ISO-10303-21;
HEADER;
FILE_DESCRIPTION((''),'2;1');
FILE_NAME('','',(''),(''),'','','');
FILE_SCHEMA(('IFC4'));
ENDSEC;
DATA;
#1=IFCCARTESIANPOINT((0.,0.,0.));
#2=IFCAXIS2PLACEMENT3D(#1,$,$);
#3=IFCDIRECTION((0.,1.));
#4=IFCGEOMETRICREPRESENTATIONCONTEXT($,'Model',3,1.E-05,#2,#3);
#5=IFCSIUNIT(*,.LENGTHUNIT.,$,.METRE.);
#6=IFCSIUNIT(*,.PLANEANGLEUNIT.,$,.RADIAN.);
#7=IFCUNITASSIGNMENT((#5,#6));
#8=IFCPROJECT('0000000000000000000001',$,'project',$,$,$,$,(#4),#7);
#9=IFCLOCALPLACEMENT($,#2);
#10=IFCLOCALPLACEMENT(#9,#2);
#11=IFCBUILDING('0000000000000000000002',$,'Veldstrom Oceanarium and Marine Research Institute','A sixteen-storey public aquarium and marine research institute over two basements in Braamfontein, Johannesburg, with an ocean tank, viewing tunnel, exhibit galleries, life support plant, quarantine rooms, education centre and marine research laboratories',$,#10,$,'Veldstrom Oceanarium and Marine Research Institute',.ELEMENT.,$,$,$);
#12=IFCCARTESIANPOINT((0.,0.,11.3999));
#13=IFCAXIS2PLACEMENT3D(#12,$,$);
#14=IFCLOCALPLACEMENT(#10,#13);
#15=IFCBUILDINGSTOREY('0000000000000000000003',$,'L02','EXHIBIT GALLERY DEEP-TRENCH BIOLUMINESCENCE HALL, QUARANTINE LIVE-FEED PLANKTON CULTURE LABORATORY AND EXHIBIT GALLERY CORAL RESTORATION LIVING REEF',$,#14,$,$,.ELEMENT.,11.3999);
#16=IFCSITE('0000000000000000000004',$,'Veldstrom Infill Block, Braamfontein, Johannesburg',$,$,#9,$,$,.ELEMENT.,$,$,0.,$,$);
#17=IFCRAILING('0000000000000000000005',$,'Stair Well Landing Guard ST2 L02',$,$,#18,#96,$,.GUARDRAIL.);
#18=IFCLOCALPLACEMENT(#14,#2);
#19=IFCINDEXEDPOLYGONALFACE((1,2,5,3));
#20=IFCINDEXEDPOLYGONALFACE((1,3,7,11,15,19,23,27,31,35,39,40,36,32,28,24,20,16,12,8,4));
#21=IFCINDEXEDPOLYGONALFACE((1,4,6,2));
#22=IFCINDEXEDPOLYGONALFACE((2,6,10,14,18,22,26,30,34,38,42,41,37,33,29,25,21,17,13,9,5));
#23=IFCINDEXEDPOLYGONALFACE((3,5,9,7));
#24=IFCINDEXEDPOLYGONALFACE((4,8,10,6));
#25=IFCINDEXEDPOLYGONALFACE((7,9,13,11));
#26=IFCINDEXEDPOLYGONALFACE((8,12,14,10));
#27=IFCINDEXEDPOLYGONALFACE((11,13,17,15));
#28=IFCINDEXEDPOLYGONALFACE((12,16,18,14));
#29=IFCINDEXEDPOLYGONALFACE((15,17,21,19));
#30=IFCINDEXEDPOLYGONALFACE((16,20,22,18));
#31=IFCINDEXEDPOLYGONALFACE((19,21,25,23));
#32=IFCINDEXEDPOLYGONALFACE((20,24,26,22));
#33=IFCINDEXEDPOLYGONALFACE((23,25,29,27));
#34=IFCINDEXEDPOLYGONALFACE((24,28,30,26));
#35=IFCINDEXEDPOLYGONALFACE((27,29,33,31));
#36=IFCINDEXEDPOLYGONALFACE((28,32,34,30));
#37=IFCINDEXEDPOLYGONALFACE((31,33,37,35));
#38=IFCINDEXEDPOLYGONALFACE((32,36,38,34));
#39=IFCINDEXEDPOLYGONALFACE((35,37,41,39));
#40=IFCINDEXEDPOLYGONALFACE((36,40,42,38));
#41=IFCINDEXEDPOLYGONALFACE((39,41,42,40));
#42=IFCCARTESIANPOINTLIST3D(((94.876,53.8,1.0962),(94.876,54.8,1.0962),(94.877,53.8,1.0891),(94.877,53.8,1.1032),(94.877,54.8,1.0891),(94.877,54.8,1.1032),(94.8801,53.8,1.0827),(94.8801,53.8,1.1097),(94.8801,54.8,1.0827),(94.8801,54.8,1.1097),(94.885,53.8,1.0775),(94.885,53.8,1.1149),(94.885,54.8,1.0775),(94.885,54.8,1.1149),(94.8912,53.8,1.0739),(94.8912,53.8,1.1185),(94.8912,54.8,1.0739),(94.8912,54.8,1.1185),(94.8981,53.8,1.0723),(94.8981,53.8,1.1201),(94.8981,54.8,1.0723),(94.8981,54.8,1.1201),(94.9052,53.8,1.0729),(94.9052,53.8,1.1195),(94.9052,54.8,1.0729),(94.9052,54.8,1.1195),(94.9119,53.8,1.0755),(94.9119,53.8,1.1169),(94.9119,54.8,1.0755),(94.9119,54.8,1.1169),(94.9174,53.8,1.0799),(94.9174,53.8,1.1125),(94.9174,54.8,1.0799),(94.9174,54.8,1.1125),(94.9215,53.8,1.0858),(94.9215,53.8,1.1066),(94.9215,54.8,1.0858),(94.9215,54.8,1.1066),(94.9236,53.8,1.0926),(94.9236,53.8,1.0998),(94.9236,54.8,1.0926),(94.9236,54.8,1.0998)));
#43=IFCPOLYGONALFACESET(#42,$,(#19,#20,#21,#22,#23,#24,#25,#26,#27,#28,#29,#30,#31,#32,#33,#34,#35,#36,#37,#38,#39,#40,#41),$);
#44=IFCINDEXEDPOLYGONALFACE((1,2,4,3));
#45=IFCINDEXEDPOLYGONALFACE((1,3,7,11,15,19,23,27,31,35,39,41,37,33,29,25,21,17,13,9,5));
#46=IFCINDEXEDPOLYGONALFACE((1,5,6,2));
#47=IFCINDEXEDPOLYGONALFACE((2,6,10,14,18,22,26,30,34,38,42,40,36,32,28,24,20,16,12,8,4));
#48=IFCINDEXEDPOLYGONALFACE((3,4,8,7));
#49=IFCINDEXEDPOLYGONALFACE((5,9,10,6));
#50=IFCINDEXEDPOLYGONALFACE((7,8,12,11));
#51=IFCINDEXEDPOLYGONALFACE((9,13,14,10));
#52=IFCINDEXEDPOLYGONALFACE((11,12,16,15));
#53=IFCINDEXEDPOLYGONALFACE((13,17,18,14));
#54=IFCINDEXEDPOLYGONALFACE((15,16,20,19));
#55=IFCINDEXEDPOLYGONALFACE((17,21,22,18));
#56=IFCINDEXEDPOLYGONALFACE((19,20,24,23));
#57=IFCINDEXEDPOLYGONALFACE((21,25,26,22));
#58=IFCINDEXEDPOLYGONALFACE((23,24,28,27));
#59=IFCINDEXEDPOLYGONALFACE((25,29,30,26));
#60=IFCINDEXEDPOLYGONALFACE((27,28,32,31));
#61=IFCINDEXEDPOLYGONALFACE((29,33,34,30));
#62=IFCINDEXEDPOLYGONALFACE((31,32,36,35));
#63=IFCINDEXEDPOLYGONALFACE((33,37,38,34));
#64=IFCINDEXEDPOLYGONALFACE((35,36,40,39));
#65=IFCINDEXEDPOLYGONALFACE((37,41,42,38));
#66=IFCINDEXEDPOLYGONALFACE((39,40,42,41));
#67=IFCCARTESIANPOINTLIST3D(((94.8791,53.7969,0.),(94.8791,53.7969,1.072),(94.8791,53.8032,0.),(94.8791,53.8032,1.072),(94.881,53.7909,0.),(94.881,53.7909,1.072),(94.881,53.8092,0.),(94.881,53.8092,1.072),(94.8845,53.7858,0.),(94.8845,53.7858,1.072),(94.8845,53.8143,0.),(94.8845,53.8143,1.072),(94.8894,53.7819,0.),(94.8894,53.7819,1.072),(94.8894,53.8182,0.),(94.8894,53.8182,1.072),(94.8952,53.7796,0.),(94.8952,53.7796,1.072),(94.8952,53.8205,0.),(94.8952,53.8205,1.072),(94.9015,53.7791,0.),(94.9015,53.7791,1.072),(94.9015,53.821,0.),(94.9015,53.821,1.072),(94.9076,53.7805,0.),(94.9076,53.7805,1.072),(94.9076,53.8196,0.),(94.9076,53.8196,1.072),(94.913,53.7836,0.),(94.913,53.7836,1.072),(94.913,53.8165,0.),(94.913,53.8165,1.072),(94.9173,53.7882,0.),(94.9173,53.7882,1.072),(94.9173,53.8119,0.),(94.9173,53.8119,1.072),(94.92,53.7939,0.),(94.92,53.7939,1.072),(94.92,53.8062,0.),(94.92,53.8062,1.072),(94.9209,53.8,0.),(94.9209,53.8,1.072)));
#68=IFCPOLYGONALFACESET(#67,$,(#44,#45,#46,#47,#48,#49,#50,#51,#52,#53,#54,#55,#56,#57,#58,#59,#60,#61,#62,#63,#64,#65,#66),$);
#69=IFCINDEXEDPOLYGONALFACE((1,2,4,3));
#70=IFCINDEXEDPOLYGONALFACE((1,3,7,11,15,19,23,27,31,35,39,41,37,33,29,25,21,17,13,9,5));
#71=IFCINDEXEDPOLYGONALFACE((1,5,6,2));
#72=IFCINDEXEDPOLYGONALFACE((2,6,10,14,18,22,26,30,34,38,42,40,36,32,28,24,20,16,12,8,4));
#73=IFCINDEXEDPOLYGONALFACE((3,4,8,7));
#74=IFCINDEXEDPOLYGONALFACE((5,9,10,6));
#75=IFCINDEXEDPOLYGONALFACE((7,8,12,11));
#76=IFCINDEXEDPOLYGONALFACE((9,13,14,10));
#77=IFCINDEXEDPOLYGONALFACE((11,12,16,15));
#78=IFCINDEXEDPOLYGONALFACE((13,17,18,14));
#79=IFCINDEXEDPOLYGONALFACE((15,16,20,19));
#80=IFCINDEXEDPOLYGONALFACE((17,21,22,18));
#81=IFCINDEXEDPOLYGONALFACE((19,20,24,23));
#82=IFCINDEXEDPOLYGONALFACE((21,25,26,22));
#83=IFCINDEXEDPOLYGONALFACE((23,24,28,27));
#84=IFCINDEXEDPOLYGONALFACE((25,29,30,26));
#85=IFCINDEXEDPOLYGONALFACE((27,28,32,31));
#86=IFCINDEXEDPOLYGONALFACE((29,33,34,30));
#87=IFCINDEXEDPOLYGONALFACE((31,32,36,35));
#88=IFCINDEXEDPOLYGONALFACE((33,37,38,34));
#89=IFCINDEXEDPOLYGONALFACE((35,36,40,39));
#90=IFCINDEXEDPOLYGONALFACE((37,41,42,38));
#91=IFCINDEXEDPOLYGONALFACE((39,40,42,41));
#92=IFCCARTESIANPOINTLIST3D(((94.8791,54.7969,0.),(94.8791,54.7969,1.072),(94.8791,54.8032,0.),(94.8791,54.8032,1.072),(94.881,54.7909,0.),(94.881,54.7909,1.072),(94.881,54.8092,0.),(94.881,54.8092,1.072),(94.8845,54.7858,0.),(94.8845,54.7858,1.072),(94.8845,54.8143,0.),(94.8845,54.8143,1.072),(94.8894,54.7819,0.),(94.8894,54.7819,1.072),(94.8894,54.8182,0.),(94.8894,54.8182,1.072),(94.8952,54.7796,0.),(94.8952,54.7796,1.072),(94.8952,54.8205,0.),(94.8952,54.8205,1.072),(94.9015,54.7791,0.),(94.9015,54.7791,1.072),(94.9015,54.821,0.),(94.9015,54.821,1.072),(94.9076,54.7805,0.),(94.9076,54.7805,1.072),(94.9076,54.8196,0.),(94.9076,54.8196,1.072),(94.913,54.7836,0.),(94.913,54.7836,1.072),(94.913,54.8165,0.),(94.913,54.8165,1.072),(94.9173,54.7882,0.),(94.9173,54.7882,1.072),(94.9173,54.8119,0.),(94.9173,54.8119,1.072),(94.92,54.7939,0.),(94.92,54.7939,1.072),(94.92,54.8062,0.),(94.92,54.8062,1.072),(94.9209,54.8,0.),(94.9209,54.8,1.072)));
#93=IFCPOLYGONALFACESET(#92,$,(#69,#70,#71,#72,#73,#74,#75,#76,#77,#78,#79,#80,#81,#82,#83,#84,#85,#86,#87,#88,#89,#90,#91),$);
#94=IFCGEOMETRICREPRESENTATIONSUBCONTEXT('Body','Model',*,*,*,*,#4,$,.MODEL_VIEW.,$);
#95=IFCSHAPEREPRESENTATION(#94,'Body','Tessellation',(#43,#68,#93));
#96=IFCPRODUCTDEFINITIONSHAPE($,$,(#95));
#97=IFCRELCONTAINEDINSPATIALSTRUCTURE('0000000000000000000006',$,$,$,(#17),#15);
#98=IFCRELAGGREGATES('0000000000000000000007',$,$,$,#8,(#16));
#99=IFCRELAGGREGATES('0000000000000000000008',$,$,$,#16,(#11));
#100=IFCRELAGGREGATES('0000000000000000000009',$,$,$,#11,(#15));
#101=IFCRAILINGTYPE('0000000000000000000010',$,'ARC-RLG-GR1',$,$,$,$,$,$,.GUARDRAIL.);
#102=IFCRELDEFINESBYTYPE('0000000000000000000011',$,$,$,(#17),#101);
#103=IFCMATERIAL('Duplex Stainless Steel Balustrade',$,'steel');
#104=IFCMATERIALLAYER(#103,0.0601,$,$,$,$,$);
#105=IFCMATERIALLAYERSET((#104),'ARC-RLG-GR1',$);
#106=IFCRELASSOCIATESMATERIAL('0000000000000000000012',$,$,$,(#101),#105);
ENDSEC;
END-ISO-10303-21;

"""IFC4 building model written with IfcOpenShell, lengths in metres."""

from ifc_helpers import new_model, si_unit, direction, frame, origin, origin_2d, place, context, subcontext, project, spatial, circle, extrude, material, layer, layer_set, type_object, element, save


model = new_model("IFC4")

# Units and contexts
model_context = context("Model", 3, precision=1e-05, world=origin(), true_north=direction((0.0, 1.0)))
body_context = subcontext(model_context, "Body", "Model", "MODEL_VIEW")
ifc_project = project(units=[si_unit("LENGTHUNIT", "METRE"), si_unit("PLANEANGLEUNIT", "RADIAN")], contexts=[model_context])

# Site, building, storey
site_placement = place(None, origin())
site = spatial("IfcSite", under=ifc_project, at=site_placement, Name="Veldstrom Infill Block, Braamfontein, Johannesburg", CompositionType="ELEMENT", RefElevation=0.0)
building_placement = place(site_placement, origin())
building = spatial("IfcBuilding", under=site, at=building_placement, Name="Veldstrom Oceanarium and Marine Research Institute", Description="A sixteen-storey public aquarium and marine research institute over two basements in Braamfontein, Johannesburg, with an ocean tank, viewing tunnel, exhibit galleries, life support plant, quarantine rooms, education centre and marine research laboratories", LongName="Veldstrom Oceanarium and Marine Research Institute", CompositionType="ELEMENT")
storey_placement = place(building_placement, frame((0.0, 0.0, 11.3999)))
storey = spatial("IfcBuildingStorey", under=building, at=storey_placement, Name="L02", Description="EXHIBIT GALLERY DEEP-TRENCH BIOLUMINESCENCE HALL, QUARANTINE LIVE-FEED PLANKTON CULTURE LABORATORY AND EXHIBIT GALLERY CORAL RESTORATION LIVING REEF", CompositionType="ELEMENT", Elevation=11.3999)

# Railing
ifc_material_1 = material(Name="Duplex Stainless Steel Balustrade", Category="steel")
ifc_layer_1 = layer(ifc_material_1, 0.0601)
ifc_layer_set_1 = layer_set([ifc_layer_1], Name="ARC-RLG-GR1")
railing_type_1 = type_object("IfcRailingType", Name="ARC-RLG-GR1", PredefinedType="GUARDRAIL", material=ifc_layer_set_1)
railing_1_placement = place(storey_placement, frame((94.8999, 53.8, 0.0)))
element("IfcRailing", 1, at=railing_1_placement, inside=storey, type_object=railing_type_1, Name="Stair Well Landing Guard ST2 L02", PredefinedType="GUARDRAIL", context=body_context, shape_type="SweptSolid", body=[
    extrude(circle(Radius=0.0239, at=origin_2d()), frame((0.0, 0.0, 1.0962), z_axis=(0.0, 1.0, 0.0), x_axis=(-1.0, 0.0, 0.0)), (0.0, 0.0, 1.0), 1.0),
    extrude(circle(Radius=0.021, at=origin_2d()), origin(), (0.0, 0.0, 1.0), 1.072),
    extrude(circle(Radius=0.021, at=origin_2d()), frame((0.0, 1.0, 0.0)), (0.0, 0.0, 1.0), 1.072),
])

save(model, "model.ifc")
